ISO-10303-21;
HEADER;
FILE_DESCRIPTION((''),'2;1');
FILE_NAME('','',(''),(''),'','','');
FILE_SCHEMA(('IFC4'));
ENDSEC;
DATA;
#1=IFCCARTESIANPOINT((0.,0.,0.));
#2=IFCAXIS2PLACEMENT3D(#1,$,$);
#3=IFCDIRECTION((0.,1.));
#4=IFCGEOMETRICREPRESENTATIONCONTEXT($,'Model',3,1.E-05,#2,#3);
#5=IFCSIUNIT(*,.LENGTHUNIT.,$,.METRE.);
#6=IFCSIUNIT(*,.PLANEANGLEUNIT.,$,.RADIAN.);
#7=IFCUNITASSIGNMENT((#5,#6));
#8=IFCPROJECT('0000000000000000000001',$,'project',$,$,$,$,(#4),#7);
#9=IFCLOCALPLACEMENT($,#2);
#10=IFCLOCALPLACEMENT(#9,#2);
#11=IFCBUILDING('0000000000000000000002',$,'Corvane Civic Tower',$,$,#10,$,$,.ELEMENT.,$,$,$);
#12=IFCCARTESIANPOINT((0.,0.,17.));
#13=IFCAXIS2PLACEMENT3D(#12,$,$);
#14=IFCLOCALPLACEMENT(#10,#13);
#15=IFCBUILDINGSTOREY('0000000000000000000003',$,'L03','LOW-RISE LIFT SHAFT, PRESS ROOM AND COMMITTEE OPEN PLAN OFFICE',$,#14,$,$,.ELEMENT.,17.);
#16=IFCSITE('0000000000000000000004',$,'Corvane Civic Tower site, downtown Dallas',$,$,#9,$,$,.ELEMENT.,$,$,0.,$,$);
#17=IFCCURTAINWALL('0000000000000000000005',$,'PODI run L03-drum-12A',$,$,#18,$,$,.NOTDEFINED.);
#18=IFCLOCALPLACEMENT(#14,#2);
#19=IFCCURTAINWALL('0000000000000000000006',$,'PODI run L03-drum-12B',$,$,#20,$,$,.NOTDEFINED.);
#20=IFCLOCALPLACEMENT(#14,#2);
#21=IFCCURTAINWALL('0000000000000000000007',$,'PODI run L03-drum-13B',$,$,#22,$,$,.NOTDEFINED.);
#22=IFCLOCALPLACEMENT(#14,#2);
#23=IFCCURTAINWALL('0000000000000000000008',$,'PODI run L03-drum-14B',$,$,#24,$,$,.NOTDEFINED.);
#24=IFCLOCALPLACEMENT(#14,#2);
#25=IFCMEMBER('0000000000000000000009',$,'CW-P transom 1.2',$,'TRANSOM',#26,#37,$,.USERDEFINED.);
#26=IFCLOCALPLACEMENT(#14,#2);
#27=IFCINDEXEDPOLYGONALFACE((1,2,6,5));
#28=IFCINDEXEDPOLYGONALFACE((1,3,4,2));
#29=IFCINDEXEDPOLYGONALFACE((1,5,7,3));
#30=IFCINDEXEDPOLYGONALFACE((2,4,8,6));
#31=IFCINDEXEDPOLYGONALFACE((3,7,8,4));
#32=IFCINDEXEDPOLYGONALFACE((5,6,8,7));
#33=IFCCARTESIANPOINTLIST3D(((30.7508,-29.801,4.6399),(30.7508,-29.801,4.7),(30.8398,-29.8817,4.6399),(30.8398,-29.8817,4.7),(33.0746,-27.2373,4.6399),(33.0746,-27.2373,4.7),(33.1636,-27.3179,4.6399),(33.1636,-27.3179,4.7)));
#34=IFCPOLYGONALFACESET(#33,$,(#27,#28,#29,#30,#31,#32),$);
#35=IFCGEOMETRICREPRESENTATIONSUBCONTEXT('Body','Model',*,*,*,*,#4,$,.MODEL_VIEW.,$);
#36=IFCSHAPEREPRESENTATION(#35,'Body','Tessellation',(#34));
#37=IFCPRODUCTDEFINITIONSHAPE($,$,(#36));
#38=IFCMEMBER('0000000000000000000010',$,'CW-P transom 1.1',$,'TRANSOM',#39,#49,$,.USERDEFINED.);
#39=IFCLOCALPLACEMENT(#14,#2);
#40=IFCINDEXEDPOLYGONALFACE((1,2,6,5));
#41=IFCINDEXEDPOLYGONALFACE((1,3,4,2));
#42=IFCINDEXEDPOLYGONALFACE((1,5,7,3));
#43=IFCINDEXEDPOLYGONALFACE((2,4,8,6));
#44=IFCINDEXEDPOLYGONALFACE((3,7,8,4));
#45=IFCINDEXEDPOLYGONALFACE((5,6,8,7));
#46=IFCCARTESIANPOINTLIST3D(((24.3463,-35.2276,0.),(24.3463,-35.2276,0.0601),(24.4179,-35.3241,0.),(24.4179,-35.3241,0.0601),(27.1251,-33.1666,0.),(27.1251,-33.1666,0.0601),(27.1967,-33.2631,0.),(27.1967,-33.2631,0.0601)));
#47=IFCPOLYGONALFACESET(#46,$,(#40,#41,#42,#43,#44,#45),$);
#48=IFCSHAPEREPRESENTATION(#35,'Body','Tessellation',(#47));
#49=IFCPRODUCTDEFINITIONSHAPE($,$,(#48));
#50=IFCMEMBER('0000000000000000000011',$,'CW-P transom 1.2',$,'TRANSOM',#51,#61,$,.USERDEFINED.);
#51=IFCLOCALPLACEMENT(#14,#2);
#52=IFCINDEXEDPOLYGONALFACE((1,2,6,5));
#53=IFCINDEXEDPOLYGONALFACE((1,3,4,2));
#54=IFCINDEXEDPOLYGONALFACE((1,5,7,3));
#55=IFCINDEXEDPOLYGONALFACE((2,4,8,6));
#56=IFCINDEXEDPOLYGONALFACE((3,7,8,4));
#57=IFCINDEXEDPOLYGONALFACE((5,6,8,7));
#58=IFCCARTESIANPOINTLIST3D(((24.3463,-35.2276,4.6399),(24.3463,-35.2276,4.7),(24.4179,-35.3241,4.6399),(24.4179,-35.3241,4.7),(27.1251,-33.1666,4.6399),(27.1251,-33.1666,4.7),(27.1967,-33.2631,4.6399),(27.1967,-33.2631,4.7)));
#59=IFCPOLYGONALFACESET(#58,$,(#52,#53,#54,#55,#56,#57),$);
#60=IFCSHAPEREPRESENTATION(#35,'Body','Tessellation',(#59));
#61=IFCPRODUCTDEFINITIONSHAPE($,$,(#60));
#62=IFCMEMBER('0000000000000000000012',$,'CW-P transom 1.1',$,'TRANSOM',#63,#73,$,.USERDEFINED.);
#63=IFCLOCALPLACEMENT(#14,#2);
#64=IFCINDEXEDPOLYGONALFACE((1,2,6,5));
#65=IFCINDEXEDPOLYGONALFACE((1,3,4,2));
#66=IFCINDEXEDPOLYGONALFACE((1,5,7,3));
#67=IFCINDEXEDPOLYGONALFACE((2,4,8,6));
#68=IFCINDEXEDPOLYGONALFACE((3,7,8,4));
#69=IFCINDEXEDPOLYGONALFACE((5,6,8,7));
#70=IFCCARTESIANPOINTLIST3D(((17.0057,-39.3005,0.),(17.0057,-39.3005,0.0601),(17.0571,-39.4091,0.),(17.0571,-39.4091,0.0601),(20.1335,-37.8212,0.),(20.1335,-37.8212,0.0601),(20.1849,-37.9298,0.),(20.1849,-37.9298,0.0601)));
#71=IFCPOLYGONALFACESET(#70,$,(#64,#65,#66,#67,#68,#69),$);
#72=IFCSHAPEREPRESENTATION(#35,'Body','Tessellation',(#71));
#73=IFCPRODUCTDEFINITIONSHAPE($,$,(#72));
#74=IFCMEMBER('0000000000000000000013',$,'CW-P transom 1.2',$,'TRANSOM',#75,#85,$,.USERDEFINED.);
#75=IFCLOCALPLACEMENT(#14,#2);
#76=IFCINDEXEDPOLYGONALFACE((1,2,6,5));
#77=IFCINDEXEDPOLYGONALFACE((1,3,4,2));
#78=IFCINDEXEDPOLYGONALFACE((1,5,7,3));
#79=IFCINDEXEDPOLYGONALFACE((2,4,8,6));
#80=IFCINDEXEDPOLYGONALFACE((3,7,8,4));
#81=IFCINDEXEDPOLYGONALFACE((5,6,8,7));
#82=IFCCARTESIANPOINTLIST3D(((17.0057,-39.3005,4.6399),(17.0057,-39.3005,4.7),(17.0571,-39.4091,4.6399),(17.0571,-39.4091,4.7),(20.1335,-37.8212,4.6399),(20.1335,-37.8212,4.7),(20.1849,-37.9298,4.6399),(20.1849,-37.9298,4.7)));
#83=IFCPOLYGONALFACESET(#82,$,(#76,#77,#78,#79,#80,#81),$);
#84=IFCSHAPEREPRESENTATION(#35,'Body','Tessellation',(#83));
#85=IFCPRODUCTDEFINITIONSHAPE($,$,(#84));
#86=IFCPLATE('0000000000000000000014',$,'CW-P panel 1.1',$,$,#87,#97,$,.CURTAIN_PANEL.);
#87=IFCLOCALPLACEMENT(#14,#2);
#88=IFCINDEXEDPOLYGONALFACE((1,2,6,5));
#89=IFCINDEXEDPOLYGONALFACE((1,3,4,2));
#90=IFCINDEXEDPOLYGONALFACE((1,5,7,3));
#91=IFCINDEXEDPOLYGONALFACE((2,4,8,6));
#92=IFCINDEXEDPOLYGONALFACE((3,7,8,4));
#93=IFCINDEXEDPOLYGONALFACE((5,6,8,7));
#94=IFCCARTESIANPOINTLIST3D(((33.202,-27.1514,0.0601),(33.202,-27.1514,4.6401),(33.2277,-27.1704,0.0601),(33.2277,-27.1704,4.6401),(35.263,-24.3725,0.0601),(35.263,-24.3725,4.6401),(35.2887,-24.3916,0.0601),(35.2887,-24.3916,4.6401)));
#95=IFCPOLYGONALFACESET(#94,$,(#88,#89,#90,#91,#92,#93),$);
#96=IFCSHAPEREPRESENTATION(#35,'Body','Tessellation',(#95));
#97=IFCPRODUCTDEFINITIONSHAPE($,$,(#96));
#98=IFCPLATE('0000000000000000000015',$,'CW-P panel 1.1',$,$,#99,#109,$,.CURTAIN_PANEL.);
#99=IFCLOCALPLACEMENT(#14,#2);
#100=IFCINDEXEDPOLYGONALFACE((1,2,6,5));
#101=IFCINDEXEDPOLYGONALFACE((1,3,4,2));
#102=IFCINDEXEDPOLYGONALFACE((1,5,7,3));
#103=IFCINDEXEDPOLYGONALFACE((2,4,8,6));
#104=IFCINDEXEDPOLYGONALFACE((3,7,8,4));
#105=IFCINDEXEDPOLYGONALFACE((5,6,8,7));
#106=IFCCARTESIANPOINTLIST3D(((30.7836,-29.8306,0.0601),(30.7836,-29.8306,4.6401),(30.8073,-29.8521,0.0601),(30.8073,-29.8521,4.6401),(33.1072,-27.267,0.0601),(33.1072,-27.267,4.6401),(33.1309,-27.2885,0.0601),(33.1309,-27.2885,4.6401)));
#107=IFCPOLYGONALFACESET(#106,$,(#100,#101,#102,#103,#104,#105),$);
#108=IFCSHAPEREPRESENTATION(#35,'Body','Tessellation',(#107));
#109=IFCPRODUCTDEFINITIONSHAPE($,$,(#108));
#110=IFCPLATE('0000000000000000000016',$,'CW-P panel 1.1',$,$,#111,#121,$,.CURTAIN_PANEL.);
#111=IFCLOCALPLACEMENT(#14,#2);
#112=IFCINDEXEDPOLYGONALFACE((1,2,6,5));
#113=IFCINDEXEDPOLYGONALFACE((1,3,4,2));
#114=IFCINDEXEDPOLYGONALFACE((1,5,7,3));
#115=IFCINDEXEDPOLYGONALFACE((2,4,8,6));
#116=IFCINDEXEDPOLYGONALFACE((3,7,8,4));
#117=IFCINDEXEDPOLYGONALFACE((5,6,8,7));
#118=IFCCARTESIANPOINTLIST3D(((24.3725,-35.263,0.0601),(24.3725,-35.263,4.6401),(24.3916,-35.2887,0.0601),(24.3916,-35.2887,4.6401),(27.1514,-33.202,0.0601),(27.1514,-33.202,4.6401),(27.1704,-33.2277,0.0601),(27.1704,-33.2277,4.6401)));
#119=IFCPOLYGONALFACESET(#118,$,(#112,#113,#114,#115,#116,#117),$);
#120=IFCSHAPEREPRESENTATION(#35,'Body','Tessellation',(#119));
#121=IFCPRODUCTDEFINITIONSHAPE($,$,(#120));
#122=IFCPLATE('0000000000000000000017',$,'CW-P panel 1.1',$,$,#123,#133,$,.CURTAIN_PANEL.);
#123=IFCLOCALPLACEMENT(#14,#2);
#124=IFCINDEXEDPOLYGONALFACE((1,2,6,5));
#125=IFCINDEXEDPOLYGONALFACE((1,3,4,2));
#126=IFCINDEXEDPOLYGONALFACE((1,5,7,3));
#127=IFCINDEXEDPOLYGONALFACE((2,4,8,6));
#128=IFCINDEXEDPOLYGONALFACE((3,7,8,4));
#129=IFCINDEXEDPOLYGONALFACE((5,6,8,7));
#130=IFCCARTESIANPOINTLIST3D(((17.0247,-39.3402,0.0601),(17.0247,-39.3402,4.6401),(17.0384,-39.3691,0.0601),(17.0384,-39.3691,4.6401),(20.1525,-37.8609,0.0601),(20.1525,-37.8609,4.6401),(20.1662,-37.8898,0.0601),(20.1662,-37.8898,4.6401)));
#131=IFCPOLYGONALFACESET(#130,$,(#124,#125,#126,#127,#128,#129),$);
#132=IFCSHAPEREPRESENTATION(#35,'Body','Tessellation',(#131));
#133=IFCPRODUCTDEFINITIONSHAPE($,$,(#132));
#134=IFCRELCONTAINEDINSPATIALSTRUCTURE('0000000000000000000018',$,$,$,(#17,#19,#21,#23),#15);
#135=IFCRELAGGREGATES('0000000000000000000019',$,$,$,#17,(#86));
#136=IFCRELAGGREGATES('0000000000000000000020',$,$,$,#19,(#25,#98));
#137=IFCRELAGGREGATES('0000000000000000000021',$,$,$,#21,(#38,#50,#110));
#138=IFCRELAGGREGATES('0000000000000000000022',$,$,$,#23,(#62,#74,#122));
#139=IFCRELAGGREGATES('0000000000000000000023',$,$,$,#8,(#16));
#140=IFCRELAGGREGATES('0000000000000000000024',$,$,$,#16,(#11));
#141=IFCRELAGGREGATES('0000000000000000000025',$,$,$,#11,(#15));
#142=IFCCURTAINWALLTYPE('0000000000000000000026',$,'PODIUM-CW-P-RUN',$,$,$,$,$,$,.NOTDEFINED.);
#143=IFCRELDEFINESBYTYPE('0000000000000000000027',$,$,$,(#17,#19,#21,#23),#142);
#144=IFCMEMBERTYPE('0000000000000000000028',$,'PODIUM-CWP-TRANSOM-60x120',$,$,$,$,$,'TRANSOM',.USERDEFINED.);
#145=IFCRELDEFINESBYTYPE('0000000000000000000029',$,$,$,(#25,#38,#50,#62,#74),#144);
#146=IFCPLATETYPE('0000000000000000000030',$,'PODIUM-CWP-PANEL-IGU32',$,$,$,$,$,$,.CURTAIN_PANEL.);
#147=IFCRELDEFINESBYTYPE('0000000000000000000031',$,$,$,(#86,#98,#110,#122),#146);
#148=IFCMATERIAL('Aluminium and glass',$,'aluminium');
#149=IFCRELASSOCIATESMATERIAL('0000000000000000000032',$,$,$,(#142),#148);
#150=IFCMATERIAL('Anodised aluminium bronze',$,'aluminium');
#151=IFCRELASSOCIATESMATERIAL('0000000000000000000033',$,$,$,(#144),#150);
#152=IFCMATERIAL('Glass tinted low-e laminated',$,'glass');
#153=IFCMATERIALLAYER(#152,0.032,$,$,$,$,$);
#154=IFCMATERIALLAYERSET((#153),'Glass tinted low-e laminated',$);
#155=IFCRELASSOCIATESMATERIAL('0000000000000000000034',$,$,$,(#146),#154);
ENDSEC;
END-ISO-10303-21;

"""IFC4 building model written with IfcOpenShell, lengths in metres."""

from ifc_helpers import new_model, si_unit, direction, frame, origin, origin_2d, place, context, subcontext, project, spatial, rectangle, extrude, material, layer, layer_set, material_profile, profile_set, type_object, element, aggregate, save


model = new_model("IFC4")

# Units and contexts
model_context = context("Model", 3, precision=1e-05, world=origin(), true_north=direction((0.0, 1.0)))
body_context = subcontext(model_context, "Body", "Model", "MODEL_VIEW")
ifc_project = project(units=[si_unit("LENGTHUNIT", "METRE"), si_unit("PLANEANGLEUNIT", "RADIAN")], contexts=[model_context])

# Site, building, storey
site_placement = place(None, origin())
site = spatial("IfcSite", under=ifc_project, at=site_placement, Name="Corvane Civic Tower site, downtown Dallas", CompositionType="ELEMENT", RefElevation=0.0)
building_placement = place(site_placement, origin())
building = spatial("IfcBuilding", under=site, at=building_placement, Name="Corvane Civic Tower", CompositionType="ELEMENT")
storey_placement = place(building_placement, frame((0.0, 0.0, 17.0)))
storey = spatial("IfcBuildingStorey", under=building, at=storey_placement, Name="L03", Description="LOW-RISE LIFT SHAFT, PRESS ROOM AND COMMITTEE OPEN PLAN OFFICE", CompositionType="ELEMENT", Elevation=17.0)

# Curtain walls
ifc_material_1 = material(Name="Aluminium and glass", Category="aluminium")
curtain_wall_type = type_object("IfcCurtainWallType", Name="PODIUM-CW-P-RUN", PredefinedType="NOTDEFINED", material=ifc_material_1)
curtain_wall_1_placement = place(storey_placement, origin())
curtain_wall_1 = element("IfcCurtainWall", 1, at=curtain_wall_1_placement, inside=storey, type_object=curtain_wall_type, Name="PODI run L03-drum-12A", PredefinedType="NOTDEFINED")
curtain_wall_2_placement = place(storey_placement, origin())
curtain_wall_2 = element("IfcCurtainWall", 2, at=curtain_wall_2_placement, inside=storey, type_object=curtain_wall_type, Name="PODI run L03-drum-12B", PredefinedType="NOTDEFINED")
curtain_wall_3_placement = place(storey_placement, origin())
curtain_wall_3 = element("IfcCurtainWall", 3, at=curtain_wall_3_placement, inside=storey, type_object=curtain_wall_type, Name="PODI run L03-drum-13B", PredefinedType="NOTDEFINED")
curtain_wall_4_placement = place(storey_placement, origin())
curtain_wall_4 = element("IfcCurtainWall", 4, at=curtain_wall_4_placement, inside=storey, type_object=curtain_wall_type, Name="PODI run L03-drum-14B", PredefinedType="NOTDEFINED")

# Members
ifc_material_2 = material(Name="Anodised aluminium bronze", Category="aluminium")
ifc_material_profile_1 = material_profile(ifc_material_2, rectangle(XDim=0.1201, YDim=0.0601, at=origin_2d()), Name="AL 120x60")
ifc_profile_set_1 = profile_set([ifc_material_profile_1], Name="Anodised aluminium bronze")
member_type_1 = type_object("IfcMemberType", Name="PODIUM-CWP-TRANSOM-60x120", ElementType="TRANSOM", PredefinedType="USERDEFINED", material=ifc_profile_set_1)
member_1_placement = place(storey_placement, frame((33.1191, -27.2776, 4.6699), z_axis=(-0.671576, -0.740935, 0.0), x_axis=(0.740935, -0.671576, 0.0)))
member_1 = element("IfcMember", 5, at=member_1_placement, type_object=member_type_1, Name="CW-P transom 1.2", ObjectType="TRANSOM", PredefinedType="USERDEFINED", context=body_context, shape_type="SweptSolid", body=[
    extrude(rectangle(XDim=0.1201, YDim=0.0601, at=origin_2d()), origin(), (0.0, 0.0, 1.0), 3.4602),
])
member_2_placement = place(storey_placement, frame((27.1609, -33.2148, 0.03), z_axis=(-0.80319, -0.595724, 0.0), x_axis=(0.595724, -0.80319, 0.0)))
member_2 = element("IfcMember", 6, at=member_2_placement, type_object=member_type_1, Name="CW-P transom 1.1", ObjectType="TRANSOM", PredefinedType="USERDEFINED", context=body_context, shape_type="SweptSolid", body=[
    extrude(rectangle(XDim=0.1201, YDim=0.0601, at=origin_2d()), origin(), (0.0, 0.0, 1.0), 3.4597),
])
member_3_placement = place(storey_placement, frame((27.1609, -33.2148, 4.6699), z_axis=(-0.80319, -0.595724, 0.0), x_axis=(0.595724, -0.80319, 0.0)))
member_3 = element("IfcMember", 7, at=member_3_placement, type_object=member_type_1, Name="CW-P transom 1.2", ObjectType="TRANSOM", PredefinedType="USERDEFINED", context=body_context, shape_type="SweptSolid", body=[
    extrude(rectangle(XDim=0.1201, YDim=0.0601, at=origin_2d()), origin(), (0.0, 0.0, 1.0), 3.4597),
])
member_4_placement = place(storey_placement, frame((20.1592, -37.8755, 0.03), z_axis=(-0.903993, -0.427546, 0.0), x_axis=(0.427546, -0.903993, 0.0)))
member_4 = element("IfcMember", 8, at=member_4_placement, type_object=member_type_1, Name="CW-P transom 1.1", ObjectType="TRANSOM", PredefinedType="USERDEFINED", context=body_context, shape_type="SweptSolid", body=[
    extrude(rectangle(XDim=0.1201, YDim=0.0601, at=origin_2d()), origin(), (0.0, 0.0, 1.0), 3.46),
])
member_5_placement = place(storey_placement, frame((20.1592, -37.8755, 4.6699), z_axis=(-0.903993, -0.427546, 0.0), x_axis=(0.427546, -0.903993, 0.0)))
member_5 = element("IfcMember", 9, at=member_5_placement, type_object=member_type_1, Name="CW-P transom 1.2", ObjectType="TRANSOM", PredefinedType="USERDEFINED", context=body_context, shape_type="SweptSolid", body=[
    extrude(rectangle(XDim=0.1201, YDim=0.0601, at=origin_2d()), origin(), (0.0, 0.0, 1.0), 3.46),
])

# Plates
ifc_material_3 = material(Name="Glass tinted low-e laminated", Category="glass")
ifc_layer_1 = layer(ifc_material_3, 0.032)
ifc_layer_set_1 = layer_set([ifc_layer_1], Name="Glass tinted low-e laminated")
plate_type = type_object("IfcPlateType", Name="PODIUM-CWP-PANEL-IGU32", PredefinedType="CURTAIN_PANEL", material=ifc_layer_set_1)
plate_1_placement = place(storey_placement, frame((34.2454, -25.7715, 0.0601), z_axis=(0.0, 0.0, 1.0), x_axis=(-0.595705, -0.803203, 0.0)))
plate_1 = element("IfcPlate", 10, at=plate_1_placement, type_object=plate_type, Name="CW-P panel 1.1", PredefinedType="CURTAIN_PANEL", context=body_context, shape_type="SweptSolid", body=[
    extrude(rectangle(XDim=3.4597, YDim=0.032, at=origin_2d()), origin(), (0.0, 0.0, 1.0), 4.5801),
])
aggregate(curtain_wall_1, [plate_1])
plate_2_placement = place(storey_placement, frame((31.9573, -28.5596, 0.0601), z_axis=(0.0, 0.0, 1.0), x_axis=(-0.671576, -0.740935, 0.0)))
plate_2 = element("IfcPlate", 11, at=plate_2_placement, type_object=plate_type, Name="CW-P panel 1.1", PredefinedType="CURTAIN_PANEL", context=body_context, shape_type="SweptSolid", body=[
    extrude(rectangle(XDim=3.46, YDim=0.032, at=origin_2d()), origin(), (0.0, 0.0, 1.0), 4.5801),
])
aggregate(curtain_wall_2, [member_1, plate_2])
plate_3_placement = place(storey_placement, frame((25.7715, -34.2454, 0.0601), z_axis=(0.0, 0.0, 1.0), x_axis=(-0.803203, -0.595705, 0.0)))
plate_3 = element("IfcPlate", 12, at=plate_3_placement, type_object=plate_type, Name="CW-P panel 1.1", PredefinedType="CURTAIN_PANEL", context=body_context, shape_type="SweptSolid", body=[
    extrude(rectangle(XDim=3.4597, YDim=0.032, at=origin_2d()), origin(), (0.0, 0.0, 1.0), 4.5801),
])
aggregate(curtain_wall_3, [member_2, member_3, plate_3])
plate_4_placement = place(storey_placement, frame((18.5955, -38.615, 0.0601), z_axis=(0.0, 0.0, 1.0), x_axis=(-0.90399, -0.427553, 0.0)))
plate_4 = element("IfcPlate", 13, at=plate_4_placement, type_object=plate_type, Name="CW-P panel 1.1", PredefinedType="CURTAIN_PANEL", context=body_context, shape_type="SweptSolid", body=[
    extrude(rectangle(XDim=3.46, YDim=0.032, at=origin_2d()), origin(), (0.0, 0.0, 1.0), 4.5801),
])
aggregate(curtain_wall_4, [member_4, member_5, plate_4])

save(model, "model.ifc")
